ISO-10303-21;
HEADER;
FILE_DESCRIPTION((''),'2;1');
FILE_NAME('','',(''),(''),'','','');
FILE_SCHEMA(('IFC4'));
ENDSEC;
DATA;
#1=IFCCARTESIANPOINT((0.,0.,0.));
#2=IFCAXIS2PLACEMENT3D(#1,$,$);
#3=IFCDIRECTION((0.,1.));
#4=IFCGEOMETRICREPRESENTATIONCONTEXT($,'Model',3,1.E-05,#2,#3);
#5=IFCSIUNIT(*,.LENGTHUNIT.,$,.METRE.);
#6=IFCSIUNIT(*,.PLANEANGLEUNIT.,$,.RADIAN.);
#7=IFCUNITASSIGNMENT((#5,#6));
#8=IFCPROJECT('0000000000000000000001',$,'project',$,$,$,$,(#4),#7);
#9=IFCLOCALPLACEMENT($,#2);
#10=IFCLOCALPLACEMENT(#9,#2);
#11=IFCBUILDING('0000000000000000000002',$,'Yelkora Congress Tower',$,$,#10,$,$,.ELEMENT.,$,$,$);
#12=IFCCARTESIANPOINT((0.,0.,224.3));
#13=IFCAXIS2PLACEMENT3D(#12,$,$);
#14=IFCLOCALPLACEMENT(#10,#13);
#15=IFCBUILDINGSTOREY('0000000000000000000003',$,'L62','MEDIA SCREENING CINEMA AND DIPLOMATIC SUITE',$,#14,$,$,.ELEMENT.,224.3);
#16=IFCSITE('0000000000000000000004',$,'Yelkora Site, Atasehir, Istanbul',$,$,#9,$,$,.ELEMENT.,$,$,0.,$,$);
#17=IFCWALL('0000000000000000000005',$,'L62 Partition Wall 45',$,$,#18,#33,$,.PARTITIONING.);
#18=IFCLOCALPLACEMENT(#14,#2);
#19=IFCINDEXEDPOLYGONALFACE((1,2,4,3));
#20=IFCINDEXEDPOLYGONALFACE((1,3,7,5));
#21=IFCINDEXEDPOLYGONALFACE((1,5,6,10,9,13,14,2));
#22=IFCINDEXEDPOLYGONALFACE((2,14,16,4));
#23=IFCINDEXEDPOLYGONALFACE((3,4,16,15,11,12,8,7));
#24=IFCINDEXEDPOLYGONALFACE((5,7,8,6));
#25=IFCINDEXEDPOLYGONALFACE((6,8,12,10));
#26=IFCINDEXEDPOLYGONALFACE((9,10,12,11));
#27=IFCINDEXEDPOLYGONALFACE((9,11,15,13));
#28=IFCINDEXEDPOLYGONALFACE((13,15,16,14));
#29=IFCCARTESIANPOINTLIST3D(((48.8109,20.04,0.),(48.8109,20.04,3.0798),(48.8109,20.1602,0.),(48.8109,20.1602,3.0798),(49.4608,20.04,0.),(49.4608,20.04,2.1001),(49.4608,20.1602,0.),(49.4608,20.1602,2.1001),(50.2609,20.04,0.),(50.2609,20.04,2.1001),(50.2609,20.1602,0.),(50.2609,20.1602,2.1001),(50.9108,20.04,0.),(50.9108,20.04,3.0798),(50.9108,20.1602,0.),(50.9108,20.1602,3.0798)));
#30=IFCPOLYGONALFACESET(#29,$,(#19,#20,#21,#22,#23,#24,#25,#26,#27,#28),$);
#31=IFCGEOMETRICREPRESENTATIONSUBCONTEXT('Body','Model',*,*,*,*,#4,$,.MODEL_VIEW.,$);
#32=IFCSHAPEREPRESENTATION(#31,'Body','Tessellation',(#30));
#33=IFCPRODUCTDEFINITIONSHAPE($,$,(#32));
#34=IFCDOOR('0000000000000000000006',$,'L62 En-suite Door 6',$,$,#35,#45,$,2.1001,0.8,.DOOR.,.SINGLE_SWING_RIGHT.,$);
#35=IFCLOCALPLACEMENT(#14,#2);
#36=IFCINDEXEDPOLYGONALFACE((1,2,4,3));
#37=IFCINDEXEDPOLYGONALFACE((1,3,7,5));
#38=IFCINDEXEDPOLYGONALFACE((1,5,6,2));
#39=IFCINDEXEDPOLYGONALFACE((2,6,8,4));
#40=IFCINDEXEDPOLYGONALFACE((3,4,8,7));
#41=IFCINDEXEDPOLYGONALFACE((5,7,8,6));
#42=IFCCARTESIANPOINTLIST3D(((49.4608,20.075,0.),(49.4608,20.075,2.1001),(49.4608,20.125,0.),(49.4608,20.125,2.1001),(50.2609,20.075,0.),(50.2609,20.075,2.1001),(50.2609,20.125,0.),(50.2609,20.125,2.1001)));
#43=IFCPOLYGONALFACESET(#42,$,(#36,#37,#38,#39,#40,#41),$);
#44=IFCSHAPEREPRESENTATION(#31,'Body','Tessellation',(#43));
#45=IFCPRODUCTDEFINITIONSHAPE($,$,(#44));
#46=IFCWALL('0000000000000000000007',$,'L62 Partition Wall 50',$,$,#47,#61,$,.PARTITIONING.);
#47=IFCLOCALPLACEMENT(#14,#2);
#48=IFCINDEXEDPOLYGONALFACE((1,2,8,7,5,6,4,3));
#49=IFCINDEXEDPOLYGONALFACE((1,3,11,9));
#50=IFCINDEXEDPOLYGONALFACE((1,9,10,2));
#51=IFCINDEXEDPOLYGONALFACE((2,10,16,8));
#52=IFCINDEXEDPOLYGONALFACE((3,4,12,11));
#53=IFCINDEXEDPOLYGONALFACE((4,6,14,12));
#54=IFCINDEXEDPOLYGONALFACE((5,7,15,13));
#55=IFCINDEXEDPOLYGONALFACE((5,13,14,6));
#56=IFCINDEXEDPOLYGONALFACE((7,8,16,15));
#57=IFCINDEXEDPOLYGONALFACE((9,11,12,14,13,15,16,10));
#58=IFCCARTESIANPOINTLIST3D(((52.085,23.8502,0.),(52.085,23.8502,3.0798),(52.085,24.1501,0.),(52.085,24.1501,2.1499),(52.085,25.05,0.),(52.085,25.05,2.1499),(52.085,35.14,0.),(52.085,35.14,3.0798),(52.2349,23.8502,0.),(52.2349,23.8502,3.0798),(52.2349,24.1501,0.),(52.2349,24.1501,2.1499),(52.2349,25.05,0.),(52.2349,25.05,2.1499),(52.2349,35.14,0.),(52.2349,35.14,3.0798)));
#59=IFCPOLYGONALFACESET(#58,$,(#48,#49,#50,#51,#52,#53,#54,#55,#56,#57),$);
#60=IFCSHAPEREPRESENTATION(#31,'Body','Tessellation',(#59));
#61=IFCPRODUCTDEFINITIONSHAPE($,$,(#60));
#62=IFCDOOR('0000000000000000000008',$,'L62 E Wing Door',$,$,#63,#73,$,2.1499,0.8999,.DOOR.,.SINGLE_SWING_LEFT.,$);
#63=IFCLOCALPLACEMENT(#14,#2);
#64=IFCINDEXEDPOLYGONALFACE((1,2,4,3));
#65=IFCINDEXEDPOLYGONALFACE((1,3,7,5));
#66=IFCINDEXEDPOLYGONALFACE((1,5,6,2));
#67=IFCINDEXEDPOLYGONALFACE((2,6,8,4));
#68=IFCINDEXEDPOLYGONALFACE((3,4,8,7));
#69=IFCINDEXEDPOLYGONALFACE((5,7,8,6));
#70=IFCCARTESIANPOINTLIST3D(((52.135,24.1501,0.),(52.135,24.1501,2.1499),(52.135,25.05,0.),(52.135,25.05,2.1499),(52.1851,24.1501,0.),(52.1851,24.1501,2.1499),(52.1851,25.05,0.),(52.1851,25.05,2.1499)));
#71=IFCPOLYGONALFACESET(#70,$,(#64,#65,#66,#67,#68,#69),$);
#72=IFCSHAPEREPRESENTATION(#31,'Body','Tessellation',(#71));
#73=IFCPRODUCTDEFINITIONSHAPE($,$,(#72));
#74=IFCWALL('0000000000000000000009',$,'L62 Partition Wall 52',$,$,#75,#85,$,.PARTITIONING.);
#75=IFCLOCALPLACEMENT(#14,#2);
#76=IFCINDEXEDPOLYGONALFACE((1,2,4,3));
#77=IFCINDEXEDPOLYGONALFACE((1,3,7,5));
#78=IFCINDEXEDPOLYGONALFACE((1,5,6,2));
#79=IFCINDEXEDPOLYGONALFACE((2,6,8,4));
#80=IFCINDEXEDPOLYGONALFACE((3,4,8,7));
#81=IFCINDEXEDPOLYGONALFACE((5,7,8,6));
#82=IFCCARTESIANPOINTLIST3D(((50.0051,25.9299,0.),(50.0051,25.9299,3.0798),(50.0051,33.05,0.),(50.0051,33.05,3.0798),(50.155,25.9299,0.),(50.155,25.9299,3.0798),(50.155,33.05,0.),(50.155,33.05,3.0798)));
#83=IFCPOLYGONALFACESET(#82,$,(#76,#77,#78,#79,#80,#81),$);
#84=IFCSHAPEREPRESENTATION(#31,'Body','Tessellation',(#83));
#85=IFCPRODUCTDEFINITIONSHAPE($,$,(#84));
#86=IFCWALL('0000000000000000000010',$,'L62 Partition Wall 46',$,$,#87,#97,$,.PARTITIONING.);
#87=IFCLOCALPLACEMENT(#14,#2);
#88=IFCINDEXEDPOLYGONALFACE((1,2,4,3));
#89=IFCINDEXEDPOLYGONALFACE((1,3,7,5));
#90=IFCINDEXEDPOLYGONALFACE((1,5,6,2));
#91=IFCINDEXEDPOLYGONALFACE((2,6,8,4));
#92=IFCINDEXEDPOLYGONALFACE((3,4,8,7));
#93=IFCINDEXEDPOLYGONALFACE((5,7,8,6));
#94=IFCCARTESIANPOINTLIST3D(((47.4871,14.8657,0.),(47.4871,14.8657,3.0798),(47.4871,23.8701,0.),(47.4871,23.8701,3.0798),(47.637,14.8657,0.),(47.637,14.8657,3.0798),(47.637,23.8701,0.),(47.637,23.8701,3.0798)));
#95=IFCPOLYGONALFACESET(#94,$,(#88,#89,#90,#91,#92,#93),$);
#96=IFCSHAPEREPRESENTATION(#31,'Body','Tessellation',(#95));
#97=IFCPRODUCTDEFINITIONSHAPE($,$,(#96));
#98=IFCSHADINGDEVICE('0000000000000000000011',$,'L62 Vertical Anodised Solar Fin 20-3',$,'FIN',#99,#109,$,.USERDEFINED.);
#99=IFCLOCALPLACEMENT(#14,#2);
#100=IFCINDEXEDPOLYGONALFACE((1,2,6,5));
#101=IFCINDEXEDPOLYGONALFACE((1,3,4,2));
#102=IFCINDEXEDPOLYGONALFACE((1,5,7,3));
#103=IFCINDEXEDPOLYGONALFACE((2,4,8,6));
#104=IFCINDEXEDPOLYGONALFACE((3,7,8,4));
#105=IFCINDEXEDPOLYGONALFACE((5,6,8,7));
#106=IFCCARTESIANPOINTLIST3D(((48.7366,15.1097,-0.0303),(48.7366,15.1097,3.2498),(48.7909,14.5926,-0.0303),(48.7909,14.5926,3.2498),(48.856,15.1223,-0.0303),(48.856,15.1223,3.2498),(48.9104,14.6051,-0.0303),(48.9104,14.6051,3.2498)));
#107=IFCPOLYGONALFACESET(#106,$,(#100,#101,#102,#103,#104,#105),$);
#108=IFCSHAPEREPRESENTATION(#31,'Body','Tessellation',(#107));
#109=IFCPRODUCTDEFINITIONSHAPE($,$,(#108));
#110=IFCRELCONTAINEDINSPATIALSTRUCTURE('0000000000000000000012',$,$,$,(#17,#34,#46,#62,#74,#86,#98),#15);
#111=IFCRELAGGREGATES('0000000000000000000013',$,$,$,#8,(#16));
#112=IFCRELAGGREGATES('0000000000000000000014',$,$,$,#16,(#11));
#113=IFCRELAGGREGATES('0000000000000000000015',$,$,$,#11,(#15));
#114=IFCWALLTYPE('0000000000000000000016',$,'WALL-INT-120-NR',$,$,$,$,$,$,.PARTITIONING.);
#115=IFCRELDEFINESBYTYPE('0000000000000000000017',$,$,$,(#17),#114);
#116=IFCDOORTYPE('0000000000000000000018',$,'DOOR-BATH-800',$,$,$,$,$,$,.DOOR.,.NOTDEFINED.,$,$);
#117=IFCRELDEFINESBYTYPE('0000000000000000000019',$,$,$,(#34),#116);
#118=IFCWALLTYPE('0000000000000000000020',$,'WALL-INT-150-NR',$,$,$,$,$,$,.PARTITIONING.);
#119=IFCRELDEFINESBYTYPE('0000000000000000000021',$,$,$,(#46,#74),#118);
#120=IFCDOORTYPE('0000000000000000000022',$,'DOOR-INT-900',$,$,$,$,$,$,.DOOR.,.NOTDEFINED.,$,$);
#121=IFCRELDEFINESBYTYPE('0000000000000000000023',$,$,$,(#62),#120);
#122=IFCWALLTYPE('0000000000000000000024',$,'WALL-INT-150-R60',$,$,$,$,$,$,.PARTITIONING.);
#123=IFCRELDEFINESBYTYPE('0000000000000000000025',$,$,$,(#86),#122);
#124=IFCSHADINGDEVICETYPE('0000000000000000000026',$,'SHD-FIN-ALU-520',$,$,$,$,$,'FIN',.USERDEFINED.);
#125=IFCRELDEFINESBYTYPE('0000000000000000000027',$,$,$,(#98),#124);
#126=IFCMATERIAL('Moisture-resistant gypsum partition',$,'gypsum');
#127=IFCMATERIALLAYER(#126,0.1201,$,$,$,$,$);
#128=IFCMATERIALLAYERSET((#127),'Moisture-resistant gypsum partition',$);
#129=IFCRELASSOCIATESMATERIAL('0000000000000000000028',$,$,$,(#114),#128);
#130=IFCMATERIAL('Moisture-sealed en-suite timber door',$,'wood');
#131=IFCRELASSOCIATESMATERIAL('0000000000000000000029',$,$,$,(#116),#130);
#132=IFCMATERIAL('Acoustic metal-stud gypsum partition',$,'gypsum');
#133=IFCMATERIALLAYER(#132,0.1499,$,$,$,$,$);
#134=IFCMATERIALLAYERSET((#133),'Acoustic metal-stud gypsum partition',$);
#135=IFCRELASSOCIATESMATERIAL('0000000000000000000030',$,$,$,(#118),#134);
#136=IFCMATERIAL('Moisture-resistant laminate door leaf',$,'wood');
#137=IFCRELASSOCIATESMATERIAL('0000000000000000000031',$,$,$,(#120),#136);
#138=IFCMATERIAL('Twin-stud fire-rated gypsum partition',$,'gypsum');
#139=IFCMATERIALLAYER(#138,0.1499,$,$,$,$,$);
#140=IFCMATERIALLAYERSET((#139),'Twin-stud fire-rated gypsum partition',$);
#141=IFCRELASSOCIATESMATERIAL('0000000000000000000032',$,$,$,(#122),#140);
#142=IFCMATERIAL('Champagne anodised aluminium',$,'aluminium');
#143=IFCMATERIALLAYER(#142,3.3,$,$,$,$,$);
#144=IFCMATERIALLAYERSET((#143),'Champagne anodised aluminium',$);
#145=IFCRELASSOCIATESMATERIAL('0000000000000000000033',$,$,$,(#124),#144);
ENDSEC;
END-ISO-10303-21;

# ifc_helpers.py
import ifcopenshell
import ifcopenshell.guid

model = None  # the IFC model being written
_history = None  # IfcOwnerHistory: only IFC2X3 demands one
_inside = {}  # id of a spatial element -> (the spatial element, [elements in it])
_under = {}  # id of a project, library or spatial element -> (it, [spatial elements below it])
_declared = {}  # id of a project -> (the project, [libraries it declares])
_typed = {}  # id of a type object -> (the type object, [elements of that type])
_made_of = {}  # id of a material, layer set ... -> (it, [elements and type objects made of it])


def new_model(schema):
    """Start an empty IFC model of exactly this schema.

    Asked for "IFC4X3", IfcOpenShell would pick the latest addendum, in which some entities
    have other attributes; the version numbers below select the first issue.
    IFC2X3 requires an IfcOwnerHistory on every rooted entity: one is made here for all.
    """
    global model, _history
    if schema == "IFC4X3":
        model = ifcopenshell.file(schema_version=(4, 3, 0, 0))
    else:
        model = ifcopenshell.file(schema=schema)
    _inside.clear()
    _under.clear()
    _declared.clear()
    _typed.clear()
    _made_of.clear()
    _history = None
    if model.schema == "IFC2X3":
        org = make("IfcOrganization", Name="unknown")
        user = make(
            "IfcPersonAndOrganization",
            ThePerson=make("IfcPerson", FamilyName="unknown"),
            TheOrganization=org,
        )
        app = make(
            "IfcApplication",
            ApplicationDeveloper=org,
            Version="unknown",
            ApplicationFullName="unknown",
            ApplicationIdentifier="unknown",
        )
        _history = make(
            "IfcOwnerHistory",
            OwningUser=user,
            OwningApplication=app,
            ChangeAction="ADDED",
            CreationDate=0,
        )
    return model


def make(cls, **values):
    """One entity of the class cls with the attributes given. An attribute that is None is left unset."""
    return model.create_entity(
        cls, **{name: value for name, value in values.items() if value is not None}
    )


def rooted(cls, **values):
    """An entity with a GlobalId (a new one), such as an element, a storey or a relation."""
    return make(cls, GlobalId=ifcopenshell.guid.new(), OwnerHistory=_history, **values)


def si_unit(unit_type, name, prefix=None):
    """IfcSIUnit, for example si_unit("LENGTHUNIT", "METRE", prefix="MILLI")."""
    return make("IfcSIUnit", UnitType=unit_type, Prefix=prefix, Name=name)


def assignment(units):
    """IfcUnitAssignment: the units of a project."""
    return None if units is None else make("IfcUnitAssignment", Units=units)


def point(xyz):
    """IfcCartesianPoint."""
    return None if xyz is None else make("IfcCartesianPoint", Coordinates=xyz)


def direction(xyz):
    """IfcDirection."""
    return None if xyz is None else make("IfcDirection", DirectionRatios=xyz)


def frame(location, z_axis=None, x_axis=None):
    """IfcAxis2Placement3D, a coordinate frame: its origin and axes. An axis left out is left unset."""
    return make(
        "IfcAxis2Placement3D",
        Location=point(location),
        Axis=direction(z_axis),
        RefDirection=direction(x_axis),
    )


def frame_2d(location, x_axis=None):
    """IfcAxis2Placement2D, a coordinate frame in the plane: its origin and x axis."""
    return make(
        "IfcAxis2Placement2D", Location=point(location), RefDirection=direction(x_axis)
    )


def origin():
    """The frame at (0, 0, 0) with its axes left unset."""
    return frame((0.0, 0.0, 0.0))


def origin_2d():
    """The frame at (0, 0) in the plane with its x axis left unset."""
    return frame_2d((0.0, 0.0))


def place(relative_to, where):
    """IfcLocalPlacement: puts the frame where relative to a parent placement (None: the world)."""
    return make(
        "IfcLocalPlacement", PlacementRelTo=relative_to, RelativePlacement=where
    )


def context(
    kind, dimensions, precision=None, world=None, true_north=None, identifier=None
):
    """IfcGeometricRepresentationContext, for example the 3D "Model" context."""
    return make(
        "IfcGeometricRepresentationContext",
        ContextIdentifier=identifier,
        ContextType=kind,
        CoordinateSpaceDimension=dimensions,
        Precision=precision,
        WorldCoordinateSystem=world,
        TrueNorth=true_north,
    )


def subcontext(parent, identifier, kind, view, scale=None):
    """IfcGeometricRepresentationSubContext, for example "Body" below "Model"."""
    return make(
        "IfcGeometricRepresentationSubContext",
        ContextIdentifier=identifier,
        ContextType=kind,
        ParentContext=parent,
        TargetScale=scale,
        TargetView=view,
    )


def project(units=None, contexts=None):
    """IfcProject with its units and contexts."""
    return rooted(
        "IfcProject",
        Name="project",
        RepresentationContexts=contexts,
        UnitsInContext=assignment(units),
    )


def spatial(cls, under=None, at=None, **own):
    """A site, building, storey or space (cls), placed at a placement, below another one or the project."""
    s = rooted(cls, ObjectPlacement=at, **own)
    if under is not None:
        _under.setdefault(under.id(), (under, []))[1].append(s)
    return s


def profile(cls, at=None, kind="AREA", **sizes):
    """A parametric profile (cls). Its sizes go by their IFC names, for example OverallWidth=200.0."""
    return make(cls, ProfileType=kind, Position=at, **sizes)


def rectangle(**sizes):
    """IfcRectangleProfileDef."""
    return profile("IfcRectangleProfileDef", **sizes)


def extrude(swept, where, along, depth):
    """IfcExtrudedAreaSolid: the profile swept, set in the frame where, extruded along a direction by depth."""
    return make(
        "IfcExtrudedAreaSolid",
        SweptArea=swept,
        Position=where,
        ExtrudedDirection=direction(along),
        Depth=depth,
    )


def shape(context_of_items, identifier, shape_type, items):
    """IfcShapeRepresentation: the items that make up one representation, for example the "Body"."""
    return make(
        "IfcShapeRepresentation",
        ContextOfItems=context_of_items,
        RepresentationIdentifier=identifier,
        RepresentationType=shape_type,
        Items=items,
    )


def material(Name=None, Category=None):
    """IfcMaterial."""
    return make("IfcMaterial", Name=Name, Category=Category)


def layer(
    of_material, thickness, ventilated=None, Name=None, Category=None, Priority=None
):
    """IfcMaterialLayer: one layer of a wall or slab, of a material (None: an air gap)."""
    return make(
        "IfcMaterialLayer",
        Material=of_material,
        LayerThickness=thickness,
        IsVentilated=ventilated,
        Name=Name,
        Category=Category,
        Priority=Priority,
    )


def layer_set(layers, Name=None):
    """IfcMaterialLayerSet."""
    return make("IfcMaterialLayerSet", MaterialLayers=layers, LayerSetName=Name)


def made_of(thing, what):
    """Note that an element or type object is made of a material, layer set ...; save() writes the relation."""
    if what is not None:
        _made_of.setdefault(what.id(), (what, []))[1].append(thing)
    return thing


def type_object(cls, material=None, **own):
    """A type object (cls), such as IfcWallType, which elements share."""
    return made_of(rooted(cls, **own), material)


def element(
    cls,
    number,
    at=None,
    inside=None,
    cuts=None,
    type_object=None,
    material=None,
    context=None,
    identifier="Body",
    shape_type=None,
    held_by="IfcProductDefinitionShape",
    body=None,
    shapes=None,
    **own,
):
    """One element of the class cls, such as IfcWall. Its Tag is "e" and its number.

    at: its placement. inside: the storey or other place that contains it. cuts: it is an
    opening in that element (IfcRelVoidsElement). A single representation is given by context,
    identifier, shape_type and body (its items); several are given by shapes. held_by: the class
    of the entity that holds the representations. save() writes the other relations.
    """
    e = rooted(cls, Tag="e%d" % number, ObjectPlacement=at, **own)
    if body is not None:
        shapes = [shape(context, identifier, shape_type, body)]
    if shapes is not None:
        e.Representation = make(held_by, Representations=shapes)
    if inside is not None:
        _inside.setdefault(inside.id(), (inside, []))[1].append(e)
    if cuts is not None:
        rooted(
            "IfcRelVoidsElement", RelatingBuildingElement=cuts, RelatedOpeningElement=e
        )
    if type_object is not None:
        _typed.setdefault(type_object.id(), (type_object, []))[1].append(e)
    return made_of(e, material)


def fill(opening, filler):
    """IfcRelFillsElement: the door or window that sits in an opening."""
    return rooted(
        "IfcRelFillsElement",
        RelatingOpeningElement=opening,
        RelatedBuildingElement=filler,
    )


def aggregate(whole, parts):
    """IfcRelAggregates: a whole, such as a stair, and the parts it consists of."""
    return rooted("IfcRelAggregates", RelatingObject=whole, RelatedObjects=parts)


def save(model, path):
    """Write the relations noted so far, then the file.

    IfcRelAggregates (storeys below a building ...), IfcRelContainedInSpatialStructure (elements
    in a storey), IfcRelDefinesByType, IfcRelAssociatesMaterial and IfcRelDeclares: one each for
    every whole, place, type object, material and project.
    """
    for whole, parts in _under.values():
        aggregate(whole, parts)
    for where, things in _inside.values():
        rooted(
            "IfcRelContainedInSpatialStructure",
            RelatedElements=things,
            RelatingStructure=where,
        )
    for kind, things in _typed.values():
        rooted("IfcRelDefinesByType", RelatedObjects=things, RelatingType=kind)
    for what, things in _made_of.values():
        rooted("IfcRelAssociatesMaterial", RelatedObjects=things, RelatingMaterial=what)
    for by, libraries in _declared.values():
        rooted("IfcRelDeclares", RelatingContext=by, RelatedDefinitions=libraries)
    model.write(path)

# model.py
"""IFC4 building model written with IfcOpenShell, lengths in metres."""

from ifc_helpers import new_model, si_unit, direction, frame, frame_2d, origin, origin_2d, place, context, subcontext, project, spatial, rectangle, extrude, material, layer, layer_set, type_object, element, fill, save


model = new_model("IFC4")

# Units and contexts
model_context = context("Model", 3, precision=1e-05, world=origin(), true_north=direction((0.0, 1.0)))
body_context = subcontext(model_context, "Body", "Model", "MODEL_VIEW")
ifc_project = project(units=[si_unit("LENGTHUNIT", "METRE"), si_unit("PLANEANGLEUNIT", "RADIAN")], contexts=[model_context])

# Site, building, storey
site_placement = place(None, origin())
site = spatial("IfcSite", under=ifc_project, at=site_placement, Name="Yelkora Site, Atasehir, Istanbul", CompositionType="ELEMENT", RefElevation=0.0)
building_placement = place(site_placement, origin())
building = spatial("IfcBuilding", under=site, at=building_placement, Name="Yelkora Congress Tower", CompositionType="ELEMENT")
storey_placement = place(building_placement, frame((0.0, 0.0, 224.3)))
storey = spatial("IfcBuildingStorey", under=building, at=storey_placement, Name="L62", Description="MEDIA SCREENING CINEMA AND DIPLOMATIC SUITE", CompositionType="ELEMENT", Elevation=224.3)

# Shared definitions
ifc_material_1 = material(Name="Moisture-resistant gypsum partition", Category="gypsum")
ifc_layer_1 = layer(ifc_material_1, 0.1201)
ifc_layer_set_1 = layer_set([ifc_layer_1], Name="Moisture-resistant gypsum partition")
wall_type_1 = type_object("IfcWallType", Name="WALL-INT-120-NR", PredefinedType="PARTITIONING", material=ifc_layer_set_1)

# Walls, openings, doors
wall_1_placement = place(storey_placement, frame((48.811, 20.1001, 0.0), z_axis=(0.0, 0.0, 1.0), x_axis=(1.0, 0.0, 0.0)))
wall_1 = element("IfcWall", 1, at=wall_1_placement, inside=storey, type_object=wall_type_1, Name="L62 Partition Wall 45", PredefinedType="PARTITIONING", context=body_context, shape_type="SweptSolid", body=[
    extrude(rectangle(XDim=2.0999, YDim=0.1201, at=frame_2d((1.0498, 0.0))), origin(), (0.0, 0.0, 1.0), 3.0798),
])
opening_1_placement = place(wall_1_placement, frame((0.6499, 0.0, 0.0)))
opening_1 = element("IfcOpeningElement", 2, at=opening_1_placement, cuts=wall_1, PredefinedType="OPENING", context=body_context, shape_type="SweptSolid", body=[
    extrude(rectangle(XDim=0.8, YDim=2.1001, at=frame_2d((0.3999, 1.05))), frame((0.0, 0.0701, 0.0), z_axis=(0.0, -1.0, 0.0), x_axis=(1.0, 0.0, 0.0)), (0.0, 0.0, 1.0), 0.1401),
])
ifc_material_2 = material(Name="Moisture-sealed en-suite timber door", Category="wood")
door_type_1 = type_object("IfcDoorType", Name="DOOR-BATH-800", OperationType="NOTDEFINED", PredefinedType="DOOR", material=ifc_material_2)
door_1_placement = place(opening_1_placement, origin())
door_1 = element("IfcDoor", 3, at=door_1_placement, inside=storey, type_object=door_type_1, Name="L62 En-suite Door 6", OperationType="SINGLE_SWING_RIGHT", OverallHeight=2.1001, OverallWidth=0.8, PredefinedType="DOOR", context=body_context, shape_type="SweptSolid", body=[
    extrude(rectangle(XDim=0.8, YDim=2.1001, at=frame_2d((0.3999, 1.05))), frame((0.0, 0.0249, 0.0), z_axis=(0.0, -1.0, 0.0), x_axis=(1.0, 0.0, 0.0)), (0.0, 0.0, 1.0), 0.05),
])
fill(opening_1, door_1)
ifc_material_3 = material(Name="Acoustic metal-stud gypsum partition", Category="gypsum")
ifc_layer_2 = layer(ifc_material_3, 0.1499)
ifc_layer_set_2 = layer_set([ifc_layer_2], Name="Acoustic metal-stud gypsum partition")
wall_type_2 = type_object("IfcWallType", Name="WALL-INT-150-NR", PredefinedType="PARTITIONING", material=ifc_layer_set_2)
wall_2_placement = place(storey_placement, frame((52.1599, 23.8501, 0.0), z_axis=(0.0, 0.0, 1.0), x_axis=(0.0, 1.0, 0.0)))
wall_2 = element("IfcWall", 4, at=wall_2_placement, inside=storey, type_object=wall_type_2, Name="L62 Partition Wall 50", PredefinedType="PARTITIONING", context=body_context, shape_type="SweptSolid", body=[
    extrude(rectangle(XDim=11.2898, YDim=0.1499, at=frame_2d((5.645, 0.0))), origin(), (0.0, 0.0, 1.0), 3.0798),
])
opening_2_placement = place(wall_2_placement, frame((0.3, 0.0, 0.0)))
opening_2 = element("IfcOpeningElement", 5, at=opening_2_placement, cuts=wall_2, PredefinedType="OPENING", context=body_context, shape_type="SweptSolid", body=[
    extrude(rectangle(XDim=0.8999, YDim=2.1499, at=frame_2d((0.45, 1.075))), frame((0.0, 0.085, 0.0), z_axis=(0.0, -1.0, 0.0), x_axis=(1.0, 0.0, 0.0)), (0.0, 0.0, 1.0), 0.1699),
])
ifc_material_4 = material(Name="Moisture-resistant laminate door leaf", Category="wood")
door_type_2 = type_object("IfcDoorType", Name="DOOR-INT-900", OperationType="NOTDEFINED", PredefinedType="DOOR", material=ifc_material_4)
door_2_placement = place(opening_2_placement, origin())
door_2 = element("IfcDoor", 6, at=door_2_placement, inside=storey, type_object=door_type_2, Name="L62 E Wing Door", OperationType="SINGLE_SWING_LEFT", OverallHeight=2.1499, OverallWidth=0.8999, PredefinedType="DOOR", context=body_context, shape_type="SweptSolid", body=[
    extrude(rectangle(XDim=0.8999, YDim=2.1499, at=frame_2d((0.45, 1.075))), frame((0.0, 0.0249, 0.0), z_axis=(0.0, -1.0, 0.0), x_axis=(1.0, 0.0, 0.0)), (0.0, 0.0, 1.0), 0.05),
])
fill(opening_2, door_2)

# Walls
wall_3_placement = place(storey_placement, frame((50.0801, 25.9299, 0.0), z_axis=(0.0, 0.0, 1.0), x_axis=(0.0, 1.0, 0.0)))
element("IfcWall", 7, at=wall_3_placement, inside=storey, type_object=wall_type_2, Name="L62 Partition Wall 52", PredefinedType="PARTITIONING", context=body_context, shape_type="SweptSolid", body=[
    extrude(rectangle(XDim=7.1201, YDim=0.1499, at=frame_2d((3.5601, 0.0))), origin(), (0.0, 0.0, 1.0), 3.0798),
])
ifc_material_5 = material(Name="Twin-stud fire-rated gypsum partition", Category="gypsum")
ifc_layer_3 = layer(ifc_material_5, 0.1499)
ifc_layer_set_3 = layer_set([ifc_layer_3], Name="Twin-stud fire-rated gypsum partition")
wall_type_3 = type_object("IfcWallType", Name="WALL-INT-150-R60", PredefinedType="PARTITIONING", material=ifc_layer_set_3)
wall_4_placement = place(storey_placement, frame((47.562, 14.8657, 0.0), z_axis=(0.0, 0.0, 1.0), x_axis=(0.0, 1.0, 0.0)))
element("IfcWall", 8, at=wall_4_placement, inside=storey, type_object=wall_type_3, Name="L62 Partition Wall 46", PredefinedType="PARTITIONING", context=body_context, shape_type="SweptSolid", body=[
    extrude(rectangle(XDim=9.0044, YDim=0.1499, at=frame_2d((4.5022, 0.0))), origin(), (0.0, 0.0, 1.0), 3.0798),
])

# Shading device
ifc_material_6 = material(Name="Champagne anodised aluminium", Category="aluminium")
ifc_layer_4 = layer(ifc_material_6, 3.3)
ifc_layer_set_4 = layer_set([ifc_layer_4], Name="Champagne anodised aluminium")
shading_device_type = type_object("IfcShadingDeviceType", Name="SHD-FIN-ALU-520", ElementType="FIN", PredefinedType="USERDEFINED", material=ifc_layer_set_4)
shading_device_placement = place(storey_placement, frame((48.8235, 14.8574, -0.0303), z_axis=(0.0, 0.0, 1.0), x_axis=(-0.994522, -0.104528, 0.0)))
element("IfcShadingDevice", 9, at=shading_device_placement, inside=storey, type_object=shading_device_type, Name="L62 Vertical Anodised Solar Fin 20-3", ObjectType="FIN", PredefinedType="USERDEFINED", context=body_context, shape_type="SweptSolid", body=[
    extrude(rectangle(XDim=0.1201, YDim=0.52, at=origin_2d()), origin(), (0.0, 0.0, 1.0), 3.28),
])

save(model, "model.ifc")
